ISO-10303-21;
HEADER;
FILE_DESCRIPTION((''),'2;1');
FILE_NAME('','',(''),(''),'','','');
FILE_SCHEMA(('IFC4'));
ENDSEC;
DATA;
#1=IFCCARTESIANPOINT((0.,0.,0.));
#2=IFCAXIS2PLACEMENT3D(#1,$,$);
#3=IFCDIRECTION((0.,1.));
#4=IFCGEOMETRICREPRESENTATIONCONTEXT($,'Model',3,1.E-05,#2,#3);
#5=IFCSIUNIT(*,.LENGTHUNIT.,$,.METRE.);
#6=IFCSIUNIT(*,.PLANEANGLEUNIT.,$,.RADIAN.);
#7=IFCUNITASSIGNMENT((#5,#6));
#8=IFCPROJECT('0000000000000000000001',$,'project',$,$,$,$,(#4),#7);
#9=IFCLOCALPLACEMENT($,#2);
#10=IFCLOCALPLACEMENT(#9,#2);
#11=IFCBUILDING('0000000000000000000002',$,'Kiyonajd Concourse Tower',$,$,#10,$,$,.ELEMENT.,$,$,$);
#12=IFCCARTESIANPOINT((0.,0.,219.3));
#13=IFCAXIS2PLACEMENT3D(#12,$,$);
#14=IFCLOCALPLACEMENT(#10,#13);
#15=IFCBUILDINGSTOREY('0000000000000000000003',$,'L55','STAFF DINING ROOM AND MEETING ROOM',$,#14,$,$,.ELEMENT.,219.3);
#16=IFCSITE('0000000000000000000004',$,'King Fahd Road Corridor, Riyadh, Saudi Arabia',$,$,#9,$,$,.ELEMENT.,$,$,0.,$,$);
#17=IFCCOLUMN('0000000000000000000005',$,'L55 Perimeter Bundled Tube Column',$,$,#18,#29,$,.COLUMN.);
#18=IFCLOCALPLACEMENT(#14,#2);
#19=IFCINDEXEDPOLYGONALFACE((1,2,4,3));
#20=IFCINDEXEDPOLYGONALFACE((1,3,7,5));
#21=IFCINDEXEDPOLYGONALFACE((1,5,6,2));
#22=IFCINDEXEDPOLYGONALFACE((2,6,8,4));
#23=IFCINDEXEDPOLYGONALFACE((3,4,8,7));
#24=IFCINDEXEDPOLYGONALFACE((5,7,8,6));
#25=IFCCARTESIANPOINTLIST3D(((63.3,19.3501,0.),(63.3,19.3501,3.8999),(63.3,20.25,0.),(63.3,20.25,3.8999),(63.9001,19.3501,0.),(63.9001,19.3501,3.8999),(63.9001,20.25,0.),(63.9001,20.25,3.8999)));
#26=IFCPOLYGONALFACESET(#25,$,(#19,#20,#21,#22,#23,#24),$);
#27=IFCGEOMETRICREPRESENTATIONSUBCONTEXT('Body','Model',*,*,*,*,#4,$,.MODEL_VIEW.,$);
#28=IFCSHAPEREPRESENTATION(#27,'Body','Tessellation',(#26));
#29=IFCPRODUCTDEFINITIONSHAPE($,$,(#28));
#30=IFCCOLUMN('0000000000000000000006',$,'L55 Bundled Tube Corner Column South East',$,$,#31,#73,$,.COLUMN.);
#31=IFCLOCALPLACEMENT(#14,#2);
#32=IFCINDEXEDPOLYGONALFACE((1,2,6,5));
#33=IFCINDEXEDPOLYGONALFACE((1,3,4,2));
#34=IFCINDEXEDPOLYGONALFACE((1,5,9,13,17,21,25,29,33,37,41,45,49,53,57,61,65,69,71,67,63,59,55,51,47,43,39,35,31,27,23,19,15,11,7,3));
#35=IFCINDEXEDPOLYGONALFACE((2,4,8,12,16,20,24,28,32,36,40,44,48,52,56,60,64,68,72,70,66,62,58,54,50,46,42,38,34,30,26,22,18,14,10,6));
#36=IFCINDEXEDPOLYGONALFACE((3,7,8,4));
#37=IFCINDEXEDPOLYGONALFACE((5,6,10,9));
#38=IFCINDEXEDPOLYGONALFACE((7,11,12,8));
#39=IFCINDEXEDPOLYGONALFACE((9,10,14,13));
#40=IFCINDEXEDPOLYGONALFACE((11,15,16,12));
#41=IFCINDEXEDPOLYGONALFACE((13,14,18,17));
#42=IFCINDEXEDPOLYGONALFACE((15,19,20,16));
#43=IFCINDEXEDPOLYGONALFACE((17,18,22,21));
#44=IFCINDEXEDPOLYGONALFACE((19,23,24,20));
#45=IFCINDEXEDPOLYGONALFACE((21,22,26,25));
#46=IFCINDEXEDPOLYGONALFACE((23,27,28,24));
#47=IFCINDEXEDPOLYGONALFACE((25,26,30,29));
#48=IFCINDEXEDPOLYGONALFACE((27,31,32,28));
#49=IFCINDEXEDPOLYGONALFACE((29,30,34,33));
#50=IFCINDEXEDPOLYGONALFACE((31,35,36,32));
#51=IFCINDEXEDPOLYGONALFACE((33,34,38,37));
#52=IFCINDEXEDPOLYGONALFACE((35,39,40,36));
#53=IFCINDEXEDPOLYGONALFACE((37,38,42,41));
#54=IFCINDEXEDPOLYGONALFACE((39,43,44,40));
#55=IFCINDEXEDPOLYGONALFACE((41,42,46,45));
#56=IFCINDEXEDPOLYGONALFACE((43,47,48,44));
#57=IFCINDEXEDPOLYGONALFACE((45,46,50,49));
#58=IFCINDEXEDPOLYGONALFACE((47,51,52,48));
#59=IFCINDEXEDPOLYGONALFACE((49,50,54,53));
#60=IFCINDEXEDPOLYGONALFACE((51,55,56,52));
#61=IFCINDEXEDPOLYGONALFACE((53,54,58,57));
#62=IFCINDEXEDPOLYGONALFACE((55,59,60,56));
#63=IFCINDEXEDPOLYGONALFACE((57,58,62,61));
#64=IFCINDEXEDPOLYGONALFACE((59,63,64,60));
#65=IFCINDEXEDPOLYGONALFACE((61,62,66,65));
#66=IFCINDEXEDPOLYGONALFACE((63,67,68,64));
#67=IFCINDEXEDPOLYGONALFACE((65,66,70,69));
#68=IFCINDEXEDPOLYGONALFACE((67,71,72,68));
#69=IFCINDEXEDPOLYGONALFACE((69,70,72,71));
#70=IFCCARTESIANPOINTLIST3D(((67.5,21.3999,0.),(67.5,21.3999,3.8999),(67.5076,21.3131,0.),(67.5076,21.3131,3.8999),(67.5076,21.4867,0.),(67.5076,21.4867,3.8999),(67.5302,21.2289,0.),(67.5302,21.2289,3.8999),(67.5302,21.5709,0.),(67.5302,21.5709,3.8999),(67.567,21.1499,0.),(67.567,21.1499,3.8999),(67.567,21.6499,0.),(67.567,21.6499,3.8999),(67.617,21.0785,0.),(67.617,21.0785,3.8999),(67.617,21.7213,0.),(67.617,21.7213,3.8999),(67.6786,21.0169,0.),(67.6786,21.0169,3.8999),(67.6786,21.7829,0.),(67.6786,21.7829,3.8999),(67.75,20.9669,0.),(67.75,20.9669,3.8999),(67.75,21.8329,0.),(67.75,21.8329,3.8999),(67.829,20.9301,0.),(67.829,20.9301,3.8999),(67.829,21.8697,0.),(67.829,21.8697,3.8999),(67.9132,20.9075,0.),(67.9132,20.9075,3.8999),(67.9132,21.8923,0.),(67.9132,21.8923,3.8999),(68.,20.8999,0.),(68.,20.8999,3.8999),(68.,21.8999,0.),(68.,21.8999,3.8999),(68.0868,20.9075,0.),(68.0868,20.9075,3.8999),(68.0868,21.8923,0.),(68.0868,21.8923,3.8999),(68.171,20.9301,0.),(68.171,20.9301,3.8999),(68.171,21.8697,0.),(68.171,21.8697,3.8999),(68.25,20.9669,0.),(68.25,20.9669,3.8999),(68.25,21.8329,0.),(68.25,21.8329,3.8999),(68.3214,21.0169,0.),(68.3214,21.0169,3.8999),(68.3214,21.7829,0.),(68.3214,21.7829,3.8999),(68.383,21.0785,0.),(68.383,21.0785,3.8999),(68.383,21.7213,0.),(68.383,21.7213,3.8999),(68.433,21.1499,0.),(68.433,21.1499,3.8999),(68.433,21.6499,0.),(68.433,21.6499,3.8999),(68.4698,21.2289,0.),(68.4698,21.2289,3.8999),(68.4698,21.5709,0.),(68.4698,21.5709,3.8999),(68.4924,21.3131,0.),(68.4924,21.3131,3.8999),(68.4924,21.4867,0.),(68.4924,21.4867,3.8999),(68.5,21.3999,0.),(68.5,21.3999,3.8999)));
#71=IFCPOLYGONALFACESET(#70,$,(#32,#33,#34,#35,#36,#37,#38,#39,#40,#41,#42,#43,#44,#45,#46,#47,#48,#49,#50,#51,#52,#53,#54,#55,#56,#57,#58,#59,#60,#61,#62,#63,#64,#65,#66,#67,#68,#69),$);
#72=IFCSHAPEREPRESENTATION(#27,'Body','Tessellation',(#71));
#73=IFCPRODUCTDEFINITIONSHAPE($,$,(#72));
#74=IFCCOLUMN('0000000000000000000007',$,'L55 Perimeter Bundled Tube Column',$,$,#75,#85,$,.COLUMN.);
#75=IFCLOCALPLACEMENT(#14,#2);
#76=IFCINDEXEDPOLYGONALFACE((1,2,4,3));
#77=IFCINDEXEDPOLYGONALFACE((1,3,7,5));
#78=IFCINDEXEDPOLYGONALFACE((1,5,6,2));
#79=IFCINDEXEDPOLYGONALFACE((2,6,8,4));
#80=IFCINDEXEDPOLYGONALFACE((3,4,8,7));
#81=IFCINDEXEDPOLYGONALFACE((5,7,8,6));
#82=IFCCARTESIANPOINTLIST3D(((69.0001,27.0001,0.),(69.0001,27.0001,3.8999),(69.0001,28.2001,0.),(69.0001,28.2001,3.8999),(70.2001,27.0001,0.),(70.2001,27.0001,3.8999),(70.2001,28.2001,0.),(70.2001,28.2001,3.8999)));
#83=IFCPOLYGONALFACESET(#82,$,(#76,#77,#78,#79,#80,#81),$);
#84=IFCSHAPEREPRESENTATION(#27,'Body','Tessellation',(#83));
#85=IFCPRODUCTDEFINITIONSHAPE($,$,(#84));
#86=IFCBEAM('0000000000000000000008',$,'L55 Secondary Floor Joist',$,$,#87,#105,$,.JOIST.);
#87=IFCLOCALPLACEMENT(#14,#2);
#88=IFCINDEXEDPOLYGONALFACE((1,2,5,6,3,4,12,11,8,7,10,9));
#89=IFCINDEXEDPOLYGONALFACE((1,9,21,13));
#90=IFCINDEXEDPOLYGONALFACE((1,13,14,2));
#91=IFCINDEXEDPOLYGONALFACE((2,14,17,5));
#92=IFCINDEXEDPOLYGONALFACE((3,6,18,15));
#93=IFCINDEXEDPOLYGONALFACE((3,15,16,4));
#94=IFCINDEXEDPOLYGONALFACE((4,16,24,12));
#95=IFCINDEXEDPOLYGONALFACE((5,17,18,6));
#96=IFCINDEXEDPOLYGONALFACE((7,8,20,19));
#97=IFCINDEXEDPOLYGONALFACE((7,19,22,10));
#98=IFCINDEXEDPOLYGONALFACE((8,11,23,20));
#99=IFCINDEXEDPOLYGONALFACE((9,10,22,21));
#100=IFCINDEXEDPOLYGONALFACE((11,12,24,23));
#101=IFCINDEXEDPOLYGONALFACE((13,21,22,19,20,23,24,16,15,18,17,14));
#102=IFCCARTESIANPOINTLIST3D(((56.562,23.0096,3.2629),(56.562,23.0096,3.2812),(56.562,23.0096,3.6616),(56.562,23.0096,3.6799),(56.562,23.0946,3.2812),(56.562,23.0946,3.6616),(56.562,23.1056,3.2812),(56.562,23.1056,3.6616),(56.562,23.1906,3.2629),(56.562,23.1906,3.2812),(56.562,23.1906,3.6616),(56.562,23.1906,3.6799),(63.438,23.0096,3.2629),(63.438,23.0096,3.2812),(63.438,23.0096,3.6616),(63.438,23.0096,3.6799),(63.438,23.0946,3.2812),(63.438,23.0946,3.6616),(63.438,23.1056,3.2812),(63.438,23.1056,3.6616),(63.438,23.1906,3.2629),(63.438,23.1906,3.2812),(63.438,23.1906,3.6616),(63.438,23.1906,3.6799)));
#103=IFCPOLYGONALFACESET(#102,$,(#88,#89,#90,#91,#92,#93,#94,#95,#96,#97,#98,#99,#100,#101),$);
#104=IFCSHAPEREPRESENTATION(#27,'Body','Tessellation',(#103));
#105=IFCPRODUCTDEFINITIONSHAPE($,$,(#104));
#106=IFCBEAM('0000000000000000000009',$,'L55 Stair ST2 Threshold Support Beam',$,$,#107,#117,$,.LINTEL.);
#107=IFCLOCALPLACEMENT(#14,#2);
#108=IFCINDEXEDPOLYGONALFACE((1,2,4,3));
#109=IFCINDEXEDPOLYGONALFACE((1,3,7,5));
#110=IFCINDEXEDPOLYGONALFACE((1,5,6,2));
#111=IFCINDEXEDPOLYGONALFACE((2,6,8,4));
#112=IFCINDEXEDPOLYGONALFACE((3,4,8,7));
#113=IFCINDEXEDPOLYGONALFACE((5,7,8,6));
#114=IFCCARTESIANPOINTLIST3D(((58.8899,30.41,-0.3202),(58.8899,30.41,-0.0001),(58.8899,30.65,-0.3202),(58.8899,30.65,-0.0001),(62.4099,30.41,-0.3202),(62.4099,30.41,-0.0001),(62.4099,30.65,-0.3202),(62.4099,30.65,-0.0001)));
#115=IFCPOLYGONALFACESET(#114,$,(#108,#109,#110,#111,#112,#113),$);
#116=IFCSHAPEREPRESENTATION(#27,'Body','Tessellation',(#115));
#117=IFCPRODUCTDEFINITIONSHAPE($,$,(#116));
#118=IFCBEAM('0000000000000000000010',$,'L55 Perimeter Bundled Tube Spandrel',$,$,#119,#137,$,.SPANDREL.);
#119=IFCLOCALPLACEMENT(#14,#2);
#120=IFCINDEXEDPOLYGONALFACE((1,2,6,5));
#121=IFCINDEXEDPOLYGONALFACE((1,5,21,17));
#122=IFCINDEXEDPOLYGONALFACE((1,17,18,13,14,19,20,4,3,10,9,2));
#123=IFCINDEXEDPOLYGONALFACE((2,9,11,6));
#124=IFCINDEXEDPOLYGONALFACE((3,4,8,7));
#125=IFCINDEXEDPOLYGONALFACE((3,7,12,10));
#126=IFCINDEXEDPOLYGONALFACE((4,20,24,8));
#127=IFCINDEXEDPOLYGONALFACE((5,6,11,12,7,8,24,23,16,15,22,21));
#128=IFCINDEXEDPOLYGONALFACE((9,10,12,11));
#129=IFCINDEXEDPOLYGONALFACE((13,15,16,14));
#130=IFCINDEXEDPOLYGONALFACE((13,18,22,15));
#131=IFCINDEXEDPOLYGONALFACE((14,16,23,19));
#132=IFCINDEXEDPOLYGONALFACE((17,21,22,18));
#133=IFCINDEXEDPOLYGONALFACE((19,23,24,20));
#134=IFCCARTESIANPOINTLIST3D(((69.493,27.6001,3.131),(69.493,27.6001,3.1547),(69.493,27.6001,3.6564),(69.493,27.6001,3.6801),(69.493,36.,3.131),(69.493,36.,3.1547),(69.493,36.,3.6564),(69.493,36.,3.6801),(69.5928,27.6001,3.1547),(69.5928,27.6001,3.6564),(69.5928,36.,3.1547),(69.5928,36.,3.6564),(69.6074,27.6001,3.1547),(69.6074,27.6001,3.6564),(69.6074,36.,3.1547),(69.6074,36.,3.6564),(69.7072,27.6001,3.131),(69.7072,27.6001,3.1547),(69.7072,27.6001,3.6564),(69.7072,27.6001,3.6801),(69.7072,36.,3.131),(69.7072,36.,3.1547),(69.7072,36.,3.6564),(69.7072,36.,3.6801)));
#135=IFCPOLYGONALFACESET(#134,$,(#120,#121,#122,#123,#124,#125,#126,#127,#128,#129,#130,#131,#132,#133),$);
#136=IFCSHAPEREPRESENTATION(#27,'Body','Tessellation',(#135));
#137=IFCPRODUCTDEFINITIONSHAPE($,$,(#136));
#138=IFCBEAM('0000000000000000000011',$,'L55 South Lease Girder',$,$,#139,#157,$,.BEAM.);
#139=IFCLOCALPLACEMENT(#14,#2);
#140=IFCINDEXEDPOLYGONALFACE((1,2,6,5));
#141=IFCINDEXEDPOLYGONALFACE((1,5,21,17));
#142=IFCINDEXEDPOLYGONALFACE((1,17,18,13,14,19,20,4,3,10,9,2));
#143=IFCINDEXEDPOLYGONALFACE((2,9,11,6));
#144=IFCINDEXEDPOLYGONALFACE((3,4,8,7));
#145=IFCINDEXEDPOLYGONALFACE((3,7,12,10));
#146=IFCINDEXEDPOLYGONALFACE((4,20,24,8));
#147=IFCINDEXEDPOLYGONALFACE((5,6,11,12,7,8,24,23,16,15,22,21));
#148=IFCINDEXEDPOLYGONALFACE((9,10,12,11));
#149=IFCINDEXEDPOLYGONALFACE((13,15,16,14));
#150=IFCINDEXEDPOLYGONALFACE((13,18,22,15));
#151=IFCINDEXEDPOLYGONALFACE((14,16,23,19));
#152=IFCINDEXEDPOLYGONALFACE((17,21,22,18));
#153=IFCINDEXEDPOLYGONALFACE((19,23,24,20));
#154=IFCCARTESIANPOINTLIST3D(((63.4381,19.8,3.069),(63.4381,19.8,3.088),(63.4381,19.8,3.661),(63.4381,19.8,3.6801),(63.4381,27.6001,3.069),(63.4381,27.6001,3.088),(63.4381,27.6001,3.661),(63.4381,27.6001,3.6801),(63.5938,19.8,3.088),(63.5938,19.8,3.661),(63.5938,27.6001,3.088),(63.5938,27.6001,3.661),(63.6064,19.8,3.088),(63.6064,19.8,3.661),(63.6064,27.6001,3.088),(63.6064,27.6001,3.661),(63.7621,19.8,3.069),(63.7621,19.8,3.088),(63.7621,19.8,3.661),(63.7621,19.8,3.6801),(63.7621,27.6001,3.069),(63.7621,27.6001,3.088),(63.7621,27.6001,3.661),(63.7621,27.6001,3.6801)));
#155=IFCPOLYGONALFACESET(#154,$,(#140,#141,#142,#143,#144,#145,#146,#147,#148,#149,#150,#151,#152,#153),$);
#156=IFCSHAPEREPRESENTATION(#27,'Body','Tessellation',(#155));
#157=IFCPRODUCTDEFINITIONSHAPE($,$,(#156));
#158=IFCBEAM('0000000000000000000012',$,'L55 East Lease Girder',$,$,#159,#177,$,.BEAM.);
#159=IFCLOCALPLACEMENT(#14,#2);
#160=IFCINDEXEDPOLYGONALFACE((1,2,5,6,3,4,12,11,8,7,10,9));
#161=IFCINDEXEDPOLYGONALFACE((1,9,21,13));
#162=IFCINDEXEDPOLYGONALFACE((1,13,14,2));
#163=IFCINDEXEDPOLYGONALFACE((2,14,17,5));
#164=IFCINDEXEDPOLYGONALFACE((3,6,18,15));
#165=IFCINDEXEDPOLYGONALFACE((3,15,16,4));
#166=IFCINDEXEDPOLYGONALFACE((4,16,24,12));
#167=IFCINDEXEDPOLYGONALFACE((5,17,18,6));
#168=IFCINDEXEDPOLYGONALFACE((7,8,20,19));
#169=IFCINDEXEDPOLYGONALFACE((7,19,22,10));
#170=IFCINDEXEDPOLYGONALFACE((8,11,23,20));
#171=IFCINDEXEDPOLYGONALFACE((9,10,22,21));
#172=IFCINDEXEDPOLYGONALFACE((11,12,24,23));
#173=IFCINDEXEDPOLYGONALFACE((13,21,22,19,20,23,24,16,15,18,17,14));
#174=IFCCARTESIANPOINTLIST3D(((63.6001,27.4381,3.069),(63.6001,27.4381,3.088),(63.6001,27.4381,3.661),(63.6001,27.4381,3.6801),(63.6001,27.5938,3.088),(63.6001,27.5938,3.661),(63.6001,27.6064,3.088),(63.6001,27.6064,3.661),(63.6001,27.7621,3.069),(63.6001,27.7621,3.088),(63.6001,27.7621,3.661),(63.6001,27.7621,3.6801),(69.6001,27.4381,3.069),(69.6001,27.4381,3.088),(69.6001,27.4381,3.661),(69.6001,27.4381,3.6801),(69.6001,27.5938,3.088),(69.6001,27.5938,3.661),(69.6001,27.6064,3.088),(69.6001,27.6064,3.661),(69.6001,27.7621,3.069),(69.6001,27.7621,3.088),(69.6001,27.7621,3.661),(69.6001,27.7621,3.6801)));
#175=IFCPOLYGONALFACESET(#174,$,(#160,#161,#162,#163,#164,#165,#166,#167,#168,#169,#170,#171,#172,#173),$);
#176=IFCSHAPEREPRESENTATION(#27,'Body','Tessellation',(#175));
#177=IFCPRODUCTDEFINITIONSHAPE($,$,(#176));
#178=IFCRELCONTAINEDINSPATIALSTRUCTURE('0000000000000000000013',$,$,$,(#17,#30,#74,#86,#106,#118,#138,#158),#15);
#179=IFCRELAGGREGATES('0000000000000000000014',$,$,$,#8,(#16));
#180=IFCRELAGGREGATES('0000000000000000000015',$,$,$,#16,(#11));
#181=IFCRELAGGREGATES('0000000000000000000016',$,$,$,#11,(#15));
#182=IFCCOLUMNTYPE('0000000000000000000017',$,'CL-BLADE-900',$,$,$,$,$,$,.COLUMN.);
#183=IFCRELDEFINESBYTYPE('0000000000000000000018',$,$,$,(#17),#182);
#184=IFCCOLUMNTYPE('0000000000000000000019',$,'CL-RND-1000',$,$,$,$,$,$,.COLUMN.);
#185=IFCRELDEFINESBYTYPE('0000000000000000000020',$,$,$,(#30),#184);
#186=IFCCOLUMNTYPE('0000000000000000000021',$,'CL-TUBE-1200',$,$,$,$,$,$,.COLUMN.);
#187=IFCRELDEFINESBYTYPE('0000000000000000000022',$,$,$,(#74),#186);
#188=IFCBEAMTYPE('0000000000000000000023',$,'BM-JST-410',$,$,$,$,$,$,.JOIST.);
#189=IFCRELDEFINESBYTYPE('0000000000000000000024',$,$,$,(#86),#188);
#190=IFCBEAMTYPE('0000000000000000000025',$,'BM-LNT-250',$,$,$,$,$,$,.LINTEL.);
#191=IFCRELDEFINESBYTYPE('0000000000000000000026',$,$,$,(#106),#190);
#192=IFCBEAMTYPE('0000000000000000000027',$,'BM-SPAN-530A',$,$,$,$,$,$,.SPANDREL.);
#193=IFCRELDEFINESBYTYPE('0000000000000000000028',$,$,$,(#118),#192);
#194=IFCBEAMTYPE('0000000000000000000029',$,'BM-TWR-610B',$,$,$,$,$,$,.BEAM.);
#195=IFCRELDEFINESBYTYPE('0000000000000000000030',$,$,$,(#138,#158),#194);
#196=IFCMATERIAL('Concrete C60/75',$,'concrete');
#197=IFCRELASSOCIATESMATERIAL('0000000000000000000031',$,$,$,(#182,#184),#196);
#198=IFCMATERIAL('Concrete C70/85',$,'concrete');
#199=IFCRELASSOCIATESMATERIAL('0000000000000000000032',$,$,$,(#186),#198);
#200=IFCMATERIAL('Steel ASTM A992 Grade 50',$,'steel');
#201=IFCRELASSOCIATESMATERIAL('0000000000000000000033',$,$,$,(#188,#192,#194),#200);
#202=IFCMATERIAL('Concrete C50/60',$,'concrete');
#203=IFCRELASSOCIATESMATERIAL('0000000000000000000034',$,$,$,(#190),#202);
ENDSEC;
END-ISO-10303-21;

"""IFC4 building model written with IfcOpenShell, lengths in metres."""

from ifc_helpers import new_model, si_unit, direction, frame, origin, origin_2d, place, context, subcontext, project, spatial, rectangle, circle, i_section, extrude, material, material_profile, profile_set, type_object, element, save


model = new_model("IFC4")

# Units and contexts
model_context = context("Model", 3, precision=1e-05, world=origin(), true_north=direction((0.0, 1.0)))
body_context = subcontext(model_context, "Body", "Model", "MODEL_VIEW")
ifc_project = project(units=[si_unit("LENGTHUNIT", "METRE"), si_unit("PLANEANGLEUNIT", "RADIAN")], contexts=[model_context])

# Site, building, storey
site_placement = place(None, origin())
site = spatial("IfcSite", under=ifc_project, at=site_placement, Name="King Fahd Road Corridor, Riyadh, Saudi Arabia", CompositionType="ELEMENT", RefElevation=0.0)
building_placement = place(site_placement, origin())
building = spatial("IfcBuilding", under=site, at=building_placement, Name="Kiyonajd Concourse Tower", CompositionType="ELEMENT")
storey_placement = place(building_placement, frame((0.0, 0.0, 219.3)))
storey = spatial("IfcBuildingStorey", under=building, at=storey_placement, Name="L55", Description="STAFF DINING ROOM AND MEETING ROOM", CompositionType="ELEMENT", Elevation=219.3)

# Columns
ifc_material_1 = material(Name="Concrete C60/75", Category="concrete")
ifc_material_profile_1 = material_profile(ifc_material_1, rectangle(XDim=0.6001, YDim=0.8999, at=origin_2d()), Name="RC-900x600")
ifc_profile_set_1 = profile_set([ifc_material_profile_1], Name="Concrete C60/75")
column_type_1 = type_object("IfcColumnType", Name="CL-BLADE-900", PredefinedType="COLUMN", material=ifc_profile_set_1)
column_1_placement = place(storey_placement, frame((63.6001, 19.8, 0.0), z_axis=(0.0, 0.0, 1.0), x_axis=(1.0, 0.0, 0.0)))
element("IfcColumn", 1, at=column_1_placement, inside=storey, type_object=column_type_1, Name="L55 Perimeter Bundled Tube Column", PredefinedType="COLUMN", context=body_context, shape_type="SweptSolid", body=[
    extrude(rectangle(XDim=0.6001, YDim=0.8999, at=origin_2d()), origin(), (0.0, 0.0, 1.0), 3.8999),
])
ifc_material_profile_2 = material_profile(ifc_material_1, circle(Radius=0.5, at=origin_2d()), Name="RCC-D1000")
ifc_profile_set_2 = profile_set([ifc_material_profile_2], Name="Concrete C60/75")
column_type_2 = type_object("IfcColumnType", Name="CL-RND-1000", PredefinedType="COLUMN", material=ifc_profile_set_2)
column_2_placement = place(storey_placement, frame((68.0, 21.3999, 0.0), z_axis=(0.0, 0.0, 1.0), x_axis=(1.0, 0.0, 0.0)))
element("IfcColumn", 2, at=column_2_placement, inside=storey, type_object=column_type_2, Name="L55 Bundled Tube Corner Column South East", PredefinedType="COLUMN", context=body_context, shape_type="SweptSolid", body=[
    extrude(circle(Radius=0.5, at=origin_2d()), origin(), (0.0, 0.0, 1.0), 3.8999),
])
ifc_material_2 = material(Name="Concrete C70/85", Category="concrete")
ifc_material_profile_3 = material_profile(ifc_material_2, rectangle(XDim=1.2, YDim=1.2, at=origin_2d()), Name="RC-1200x1200")
ifc_profile_set_3 = profile_set([ifc_material_profile_3], Name="Concrete C70/85")
column_type_3 = type_object("IfcColumnType", Name="CL-TUBE-1200", PredefinedType="COLUMN", material=ifc_profile_set_3)
column_3_placement = place(storey_placement, frame((69.6001, 27.6001, 0.0), z_axis=(0.0, 0.0, 1.0), x_axis=(1.0, 0.0, 0.0)))
element("IfcColumn", 3, at=column_3_placement, inside=storey, type_object=column_type_3, Name="L55 Perimeter Bundled Tube Column", PredefinedType="COLUMN", context=body_context, shape_type="SweptSolid", body=[
    extrude(rectangle(XDim=1.2, YDim=1.2, at=origin_2d()), origin(), (0.0, 0.0, 1.0), 3.8999),
])

# Beams
ifc_material_3 = material(Name="Steel ASTM A992 Grade 50", Category="steel")
ifc_material_profile_4 = material_profile(ifc_material_3, i_section(OverallWidth=0.1809, OverallDepth=0.417, WebThickness=0.011, FlangeThickness=0.0183, at=origin_2d()), Name="W410X85")
ifc_profile_set_4 = profile_set([ifc_material_profile_4], Name="Steel ASTM A992 Grade 50")
beam_type_1 = type_object("IfcBeamType", Name="BM-JST-410", PredefinedType="JOIST", material=ifc_profile_set_4)
beam_1_placement = place(storey_placement, frame((56.562, 23.1001, 3.4714), z_axis=(1.0, 0.0, 0.0), x_axis=(0.0, 1.0, 0.0)))
element("IfcBeam", 4, at=beam_1_placement, inside=storey, type_object=beam_type_1, Name="L55 Secondary Floor Joist", PredefinedType="JOIST", context=body_context, shape_type="SweptSolid", body=[
    extrude(i_section(OverallWidth=0.1809, OverallDepth=0.417, WebThickness=0.011, FlangeThickness=0.0183, at=origin_2d()), origin(), (0.0, 0.0, 1.0), 6.876),
])
ifc_material_4 = material(Name="Concrete C50/60", Category="concrete")
ifc_material_profile_5 = material_profile(ifc_material_4, rectangle(XDim=0.24, YDim=0.3201, at=origin_2d()), Name="RCBM-240x320")
ifc_profile_set_5 = profile_set([ifc_material_profile_5], Name="Concrete C50/60")
beam_type_2 = type_object("IfcBeamType", Name="BM-LNT-250", PredefinedType="LINTEL", material=ifc_profile_set_5)
beam_2_placement = place(storey_placement, frame((58.8899, 30.53, -0.1602), z_axis=(1.0, 0.0, 0.0), x_axis=(0.0, 1.0, 0.0)))
element("IfcBeam", 5, at=beam_2_placement, inside=storey, type_object=beam_type_2, Name="L55 Stair ST2 Threshold Support Beam", PredefinedType="LINTEL", context=body_context, shape_type="SweptSolid", body=[
    extrude(rectangle(XDim=0.24, YDim=0.3201, at=origin_2d()), origin(), (0.0, 0.0, 1.0), 3.52),
])
ifc_material_profile_6 = material_profile(ifc_material_3, i_section(OverallWidth=0.2141, OverallDepth=0.5491, WebThickness=0.0146, FlangeThickness=0.0237, at=origin_2d()), Name="W530X138")
ifc_profile_set_6 = profile_set([ifc_material_profile_6], Name="Steel ASTM A992 Grade 50")
beam_type_3 = type_object("IfcBeamType", Name="BM-SPAN-530A", PredefinedType="SPANDREL", material=ifc_profile_set_6)
beam_3_placement = place(storey_placement, frame((69.6001, 27.6001, 3.4055), z_axis=(0.0, 1.0, 0.0), x_axis=(-1.0, 0.0, 0.0)))
element("IfcBeam", 6, at=beam_3_placement, inside=storey, type_object=beam_type_3, Name="L55 Perimeter Bundled Tube Spandrel", PredefinedType="SPANDREL", context=body_context, shape_type="SweptSolid", body=[
    extrude(i_section(OverallWidth=0.2141, OverallDepth=0.5491, WebThickness=0.0146, FlangeThickness=0.0237, at=origin_2d()), origin(), (0.0, 0.0, 1.0), 8.3999),
])
ifc_material_profile_7 = material_profile(ifc_material_3, i_section(OverallWidth=0.324, OverallDepth=0.6111, WebThickness=0.0127, FlangeThickness=0.019, at=origin_2d()), Name="W610X155")
ifc_profile_set_7 = profile_set([ifc_material_profile_7], Name="Steel ASTM A992 Grade 50")
beam_type_4 = type_object("IfcBeamType", Name="BM-TWR-610B", PredefinedType="BEAM", material=ifc_profile_set_7)
beam_4_placement = place(storey_placement, frame((63.6001, 19.8, 3.3745), z_axis=(0.0, 1.0, 0.0), x_axis=(-1.0, 0.0, 0.0)))
element("IfcBeam", 7, at=beam_4_placement, inside=storey, type_object=beam_type_4, Name="L55 South Lease Girder", PredefinedType="BEAM", context=body_context, shape_type="SweptSolid", body=[
    extrude(i_section(OverallWidth=0.324, OverallDepth=0.6111, WebThickness=0.0127, FlangeThickness=0.019, at=origin_2d()), origin(), (0.0, 0.0, 1.0), 7.8),
])
beam_5_placement = place(storey_placement, frame((63.6001, 27.6001, 3.3745), z_axis=(1.0, 0.0, 0.0), x_axis=(0.0, 1.0, 0.0)))
element("IfcBeam", 8, at=beam_5_placement, inside=storey, type_object=beam_type_4, Name="L55 East Lease Girder", PredefinedType="BEAM", context=body_context, shape_type="SweptSolid", body=[
    extrude(i_section(OverallWidth=0.324, OverallDepth=0.6111, WebThickness=0.0127, FlangeThickness=0.019, at=origin_2d()), origin(), (0.0, 0.0, 1.0), 6.0),
])

save(model, "model.ifc")
